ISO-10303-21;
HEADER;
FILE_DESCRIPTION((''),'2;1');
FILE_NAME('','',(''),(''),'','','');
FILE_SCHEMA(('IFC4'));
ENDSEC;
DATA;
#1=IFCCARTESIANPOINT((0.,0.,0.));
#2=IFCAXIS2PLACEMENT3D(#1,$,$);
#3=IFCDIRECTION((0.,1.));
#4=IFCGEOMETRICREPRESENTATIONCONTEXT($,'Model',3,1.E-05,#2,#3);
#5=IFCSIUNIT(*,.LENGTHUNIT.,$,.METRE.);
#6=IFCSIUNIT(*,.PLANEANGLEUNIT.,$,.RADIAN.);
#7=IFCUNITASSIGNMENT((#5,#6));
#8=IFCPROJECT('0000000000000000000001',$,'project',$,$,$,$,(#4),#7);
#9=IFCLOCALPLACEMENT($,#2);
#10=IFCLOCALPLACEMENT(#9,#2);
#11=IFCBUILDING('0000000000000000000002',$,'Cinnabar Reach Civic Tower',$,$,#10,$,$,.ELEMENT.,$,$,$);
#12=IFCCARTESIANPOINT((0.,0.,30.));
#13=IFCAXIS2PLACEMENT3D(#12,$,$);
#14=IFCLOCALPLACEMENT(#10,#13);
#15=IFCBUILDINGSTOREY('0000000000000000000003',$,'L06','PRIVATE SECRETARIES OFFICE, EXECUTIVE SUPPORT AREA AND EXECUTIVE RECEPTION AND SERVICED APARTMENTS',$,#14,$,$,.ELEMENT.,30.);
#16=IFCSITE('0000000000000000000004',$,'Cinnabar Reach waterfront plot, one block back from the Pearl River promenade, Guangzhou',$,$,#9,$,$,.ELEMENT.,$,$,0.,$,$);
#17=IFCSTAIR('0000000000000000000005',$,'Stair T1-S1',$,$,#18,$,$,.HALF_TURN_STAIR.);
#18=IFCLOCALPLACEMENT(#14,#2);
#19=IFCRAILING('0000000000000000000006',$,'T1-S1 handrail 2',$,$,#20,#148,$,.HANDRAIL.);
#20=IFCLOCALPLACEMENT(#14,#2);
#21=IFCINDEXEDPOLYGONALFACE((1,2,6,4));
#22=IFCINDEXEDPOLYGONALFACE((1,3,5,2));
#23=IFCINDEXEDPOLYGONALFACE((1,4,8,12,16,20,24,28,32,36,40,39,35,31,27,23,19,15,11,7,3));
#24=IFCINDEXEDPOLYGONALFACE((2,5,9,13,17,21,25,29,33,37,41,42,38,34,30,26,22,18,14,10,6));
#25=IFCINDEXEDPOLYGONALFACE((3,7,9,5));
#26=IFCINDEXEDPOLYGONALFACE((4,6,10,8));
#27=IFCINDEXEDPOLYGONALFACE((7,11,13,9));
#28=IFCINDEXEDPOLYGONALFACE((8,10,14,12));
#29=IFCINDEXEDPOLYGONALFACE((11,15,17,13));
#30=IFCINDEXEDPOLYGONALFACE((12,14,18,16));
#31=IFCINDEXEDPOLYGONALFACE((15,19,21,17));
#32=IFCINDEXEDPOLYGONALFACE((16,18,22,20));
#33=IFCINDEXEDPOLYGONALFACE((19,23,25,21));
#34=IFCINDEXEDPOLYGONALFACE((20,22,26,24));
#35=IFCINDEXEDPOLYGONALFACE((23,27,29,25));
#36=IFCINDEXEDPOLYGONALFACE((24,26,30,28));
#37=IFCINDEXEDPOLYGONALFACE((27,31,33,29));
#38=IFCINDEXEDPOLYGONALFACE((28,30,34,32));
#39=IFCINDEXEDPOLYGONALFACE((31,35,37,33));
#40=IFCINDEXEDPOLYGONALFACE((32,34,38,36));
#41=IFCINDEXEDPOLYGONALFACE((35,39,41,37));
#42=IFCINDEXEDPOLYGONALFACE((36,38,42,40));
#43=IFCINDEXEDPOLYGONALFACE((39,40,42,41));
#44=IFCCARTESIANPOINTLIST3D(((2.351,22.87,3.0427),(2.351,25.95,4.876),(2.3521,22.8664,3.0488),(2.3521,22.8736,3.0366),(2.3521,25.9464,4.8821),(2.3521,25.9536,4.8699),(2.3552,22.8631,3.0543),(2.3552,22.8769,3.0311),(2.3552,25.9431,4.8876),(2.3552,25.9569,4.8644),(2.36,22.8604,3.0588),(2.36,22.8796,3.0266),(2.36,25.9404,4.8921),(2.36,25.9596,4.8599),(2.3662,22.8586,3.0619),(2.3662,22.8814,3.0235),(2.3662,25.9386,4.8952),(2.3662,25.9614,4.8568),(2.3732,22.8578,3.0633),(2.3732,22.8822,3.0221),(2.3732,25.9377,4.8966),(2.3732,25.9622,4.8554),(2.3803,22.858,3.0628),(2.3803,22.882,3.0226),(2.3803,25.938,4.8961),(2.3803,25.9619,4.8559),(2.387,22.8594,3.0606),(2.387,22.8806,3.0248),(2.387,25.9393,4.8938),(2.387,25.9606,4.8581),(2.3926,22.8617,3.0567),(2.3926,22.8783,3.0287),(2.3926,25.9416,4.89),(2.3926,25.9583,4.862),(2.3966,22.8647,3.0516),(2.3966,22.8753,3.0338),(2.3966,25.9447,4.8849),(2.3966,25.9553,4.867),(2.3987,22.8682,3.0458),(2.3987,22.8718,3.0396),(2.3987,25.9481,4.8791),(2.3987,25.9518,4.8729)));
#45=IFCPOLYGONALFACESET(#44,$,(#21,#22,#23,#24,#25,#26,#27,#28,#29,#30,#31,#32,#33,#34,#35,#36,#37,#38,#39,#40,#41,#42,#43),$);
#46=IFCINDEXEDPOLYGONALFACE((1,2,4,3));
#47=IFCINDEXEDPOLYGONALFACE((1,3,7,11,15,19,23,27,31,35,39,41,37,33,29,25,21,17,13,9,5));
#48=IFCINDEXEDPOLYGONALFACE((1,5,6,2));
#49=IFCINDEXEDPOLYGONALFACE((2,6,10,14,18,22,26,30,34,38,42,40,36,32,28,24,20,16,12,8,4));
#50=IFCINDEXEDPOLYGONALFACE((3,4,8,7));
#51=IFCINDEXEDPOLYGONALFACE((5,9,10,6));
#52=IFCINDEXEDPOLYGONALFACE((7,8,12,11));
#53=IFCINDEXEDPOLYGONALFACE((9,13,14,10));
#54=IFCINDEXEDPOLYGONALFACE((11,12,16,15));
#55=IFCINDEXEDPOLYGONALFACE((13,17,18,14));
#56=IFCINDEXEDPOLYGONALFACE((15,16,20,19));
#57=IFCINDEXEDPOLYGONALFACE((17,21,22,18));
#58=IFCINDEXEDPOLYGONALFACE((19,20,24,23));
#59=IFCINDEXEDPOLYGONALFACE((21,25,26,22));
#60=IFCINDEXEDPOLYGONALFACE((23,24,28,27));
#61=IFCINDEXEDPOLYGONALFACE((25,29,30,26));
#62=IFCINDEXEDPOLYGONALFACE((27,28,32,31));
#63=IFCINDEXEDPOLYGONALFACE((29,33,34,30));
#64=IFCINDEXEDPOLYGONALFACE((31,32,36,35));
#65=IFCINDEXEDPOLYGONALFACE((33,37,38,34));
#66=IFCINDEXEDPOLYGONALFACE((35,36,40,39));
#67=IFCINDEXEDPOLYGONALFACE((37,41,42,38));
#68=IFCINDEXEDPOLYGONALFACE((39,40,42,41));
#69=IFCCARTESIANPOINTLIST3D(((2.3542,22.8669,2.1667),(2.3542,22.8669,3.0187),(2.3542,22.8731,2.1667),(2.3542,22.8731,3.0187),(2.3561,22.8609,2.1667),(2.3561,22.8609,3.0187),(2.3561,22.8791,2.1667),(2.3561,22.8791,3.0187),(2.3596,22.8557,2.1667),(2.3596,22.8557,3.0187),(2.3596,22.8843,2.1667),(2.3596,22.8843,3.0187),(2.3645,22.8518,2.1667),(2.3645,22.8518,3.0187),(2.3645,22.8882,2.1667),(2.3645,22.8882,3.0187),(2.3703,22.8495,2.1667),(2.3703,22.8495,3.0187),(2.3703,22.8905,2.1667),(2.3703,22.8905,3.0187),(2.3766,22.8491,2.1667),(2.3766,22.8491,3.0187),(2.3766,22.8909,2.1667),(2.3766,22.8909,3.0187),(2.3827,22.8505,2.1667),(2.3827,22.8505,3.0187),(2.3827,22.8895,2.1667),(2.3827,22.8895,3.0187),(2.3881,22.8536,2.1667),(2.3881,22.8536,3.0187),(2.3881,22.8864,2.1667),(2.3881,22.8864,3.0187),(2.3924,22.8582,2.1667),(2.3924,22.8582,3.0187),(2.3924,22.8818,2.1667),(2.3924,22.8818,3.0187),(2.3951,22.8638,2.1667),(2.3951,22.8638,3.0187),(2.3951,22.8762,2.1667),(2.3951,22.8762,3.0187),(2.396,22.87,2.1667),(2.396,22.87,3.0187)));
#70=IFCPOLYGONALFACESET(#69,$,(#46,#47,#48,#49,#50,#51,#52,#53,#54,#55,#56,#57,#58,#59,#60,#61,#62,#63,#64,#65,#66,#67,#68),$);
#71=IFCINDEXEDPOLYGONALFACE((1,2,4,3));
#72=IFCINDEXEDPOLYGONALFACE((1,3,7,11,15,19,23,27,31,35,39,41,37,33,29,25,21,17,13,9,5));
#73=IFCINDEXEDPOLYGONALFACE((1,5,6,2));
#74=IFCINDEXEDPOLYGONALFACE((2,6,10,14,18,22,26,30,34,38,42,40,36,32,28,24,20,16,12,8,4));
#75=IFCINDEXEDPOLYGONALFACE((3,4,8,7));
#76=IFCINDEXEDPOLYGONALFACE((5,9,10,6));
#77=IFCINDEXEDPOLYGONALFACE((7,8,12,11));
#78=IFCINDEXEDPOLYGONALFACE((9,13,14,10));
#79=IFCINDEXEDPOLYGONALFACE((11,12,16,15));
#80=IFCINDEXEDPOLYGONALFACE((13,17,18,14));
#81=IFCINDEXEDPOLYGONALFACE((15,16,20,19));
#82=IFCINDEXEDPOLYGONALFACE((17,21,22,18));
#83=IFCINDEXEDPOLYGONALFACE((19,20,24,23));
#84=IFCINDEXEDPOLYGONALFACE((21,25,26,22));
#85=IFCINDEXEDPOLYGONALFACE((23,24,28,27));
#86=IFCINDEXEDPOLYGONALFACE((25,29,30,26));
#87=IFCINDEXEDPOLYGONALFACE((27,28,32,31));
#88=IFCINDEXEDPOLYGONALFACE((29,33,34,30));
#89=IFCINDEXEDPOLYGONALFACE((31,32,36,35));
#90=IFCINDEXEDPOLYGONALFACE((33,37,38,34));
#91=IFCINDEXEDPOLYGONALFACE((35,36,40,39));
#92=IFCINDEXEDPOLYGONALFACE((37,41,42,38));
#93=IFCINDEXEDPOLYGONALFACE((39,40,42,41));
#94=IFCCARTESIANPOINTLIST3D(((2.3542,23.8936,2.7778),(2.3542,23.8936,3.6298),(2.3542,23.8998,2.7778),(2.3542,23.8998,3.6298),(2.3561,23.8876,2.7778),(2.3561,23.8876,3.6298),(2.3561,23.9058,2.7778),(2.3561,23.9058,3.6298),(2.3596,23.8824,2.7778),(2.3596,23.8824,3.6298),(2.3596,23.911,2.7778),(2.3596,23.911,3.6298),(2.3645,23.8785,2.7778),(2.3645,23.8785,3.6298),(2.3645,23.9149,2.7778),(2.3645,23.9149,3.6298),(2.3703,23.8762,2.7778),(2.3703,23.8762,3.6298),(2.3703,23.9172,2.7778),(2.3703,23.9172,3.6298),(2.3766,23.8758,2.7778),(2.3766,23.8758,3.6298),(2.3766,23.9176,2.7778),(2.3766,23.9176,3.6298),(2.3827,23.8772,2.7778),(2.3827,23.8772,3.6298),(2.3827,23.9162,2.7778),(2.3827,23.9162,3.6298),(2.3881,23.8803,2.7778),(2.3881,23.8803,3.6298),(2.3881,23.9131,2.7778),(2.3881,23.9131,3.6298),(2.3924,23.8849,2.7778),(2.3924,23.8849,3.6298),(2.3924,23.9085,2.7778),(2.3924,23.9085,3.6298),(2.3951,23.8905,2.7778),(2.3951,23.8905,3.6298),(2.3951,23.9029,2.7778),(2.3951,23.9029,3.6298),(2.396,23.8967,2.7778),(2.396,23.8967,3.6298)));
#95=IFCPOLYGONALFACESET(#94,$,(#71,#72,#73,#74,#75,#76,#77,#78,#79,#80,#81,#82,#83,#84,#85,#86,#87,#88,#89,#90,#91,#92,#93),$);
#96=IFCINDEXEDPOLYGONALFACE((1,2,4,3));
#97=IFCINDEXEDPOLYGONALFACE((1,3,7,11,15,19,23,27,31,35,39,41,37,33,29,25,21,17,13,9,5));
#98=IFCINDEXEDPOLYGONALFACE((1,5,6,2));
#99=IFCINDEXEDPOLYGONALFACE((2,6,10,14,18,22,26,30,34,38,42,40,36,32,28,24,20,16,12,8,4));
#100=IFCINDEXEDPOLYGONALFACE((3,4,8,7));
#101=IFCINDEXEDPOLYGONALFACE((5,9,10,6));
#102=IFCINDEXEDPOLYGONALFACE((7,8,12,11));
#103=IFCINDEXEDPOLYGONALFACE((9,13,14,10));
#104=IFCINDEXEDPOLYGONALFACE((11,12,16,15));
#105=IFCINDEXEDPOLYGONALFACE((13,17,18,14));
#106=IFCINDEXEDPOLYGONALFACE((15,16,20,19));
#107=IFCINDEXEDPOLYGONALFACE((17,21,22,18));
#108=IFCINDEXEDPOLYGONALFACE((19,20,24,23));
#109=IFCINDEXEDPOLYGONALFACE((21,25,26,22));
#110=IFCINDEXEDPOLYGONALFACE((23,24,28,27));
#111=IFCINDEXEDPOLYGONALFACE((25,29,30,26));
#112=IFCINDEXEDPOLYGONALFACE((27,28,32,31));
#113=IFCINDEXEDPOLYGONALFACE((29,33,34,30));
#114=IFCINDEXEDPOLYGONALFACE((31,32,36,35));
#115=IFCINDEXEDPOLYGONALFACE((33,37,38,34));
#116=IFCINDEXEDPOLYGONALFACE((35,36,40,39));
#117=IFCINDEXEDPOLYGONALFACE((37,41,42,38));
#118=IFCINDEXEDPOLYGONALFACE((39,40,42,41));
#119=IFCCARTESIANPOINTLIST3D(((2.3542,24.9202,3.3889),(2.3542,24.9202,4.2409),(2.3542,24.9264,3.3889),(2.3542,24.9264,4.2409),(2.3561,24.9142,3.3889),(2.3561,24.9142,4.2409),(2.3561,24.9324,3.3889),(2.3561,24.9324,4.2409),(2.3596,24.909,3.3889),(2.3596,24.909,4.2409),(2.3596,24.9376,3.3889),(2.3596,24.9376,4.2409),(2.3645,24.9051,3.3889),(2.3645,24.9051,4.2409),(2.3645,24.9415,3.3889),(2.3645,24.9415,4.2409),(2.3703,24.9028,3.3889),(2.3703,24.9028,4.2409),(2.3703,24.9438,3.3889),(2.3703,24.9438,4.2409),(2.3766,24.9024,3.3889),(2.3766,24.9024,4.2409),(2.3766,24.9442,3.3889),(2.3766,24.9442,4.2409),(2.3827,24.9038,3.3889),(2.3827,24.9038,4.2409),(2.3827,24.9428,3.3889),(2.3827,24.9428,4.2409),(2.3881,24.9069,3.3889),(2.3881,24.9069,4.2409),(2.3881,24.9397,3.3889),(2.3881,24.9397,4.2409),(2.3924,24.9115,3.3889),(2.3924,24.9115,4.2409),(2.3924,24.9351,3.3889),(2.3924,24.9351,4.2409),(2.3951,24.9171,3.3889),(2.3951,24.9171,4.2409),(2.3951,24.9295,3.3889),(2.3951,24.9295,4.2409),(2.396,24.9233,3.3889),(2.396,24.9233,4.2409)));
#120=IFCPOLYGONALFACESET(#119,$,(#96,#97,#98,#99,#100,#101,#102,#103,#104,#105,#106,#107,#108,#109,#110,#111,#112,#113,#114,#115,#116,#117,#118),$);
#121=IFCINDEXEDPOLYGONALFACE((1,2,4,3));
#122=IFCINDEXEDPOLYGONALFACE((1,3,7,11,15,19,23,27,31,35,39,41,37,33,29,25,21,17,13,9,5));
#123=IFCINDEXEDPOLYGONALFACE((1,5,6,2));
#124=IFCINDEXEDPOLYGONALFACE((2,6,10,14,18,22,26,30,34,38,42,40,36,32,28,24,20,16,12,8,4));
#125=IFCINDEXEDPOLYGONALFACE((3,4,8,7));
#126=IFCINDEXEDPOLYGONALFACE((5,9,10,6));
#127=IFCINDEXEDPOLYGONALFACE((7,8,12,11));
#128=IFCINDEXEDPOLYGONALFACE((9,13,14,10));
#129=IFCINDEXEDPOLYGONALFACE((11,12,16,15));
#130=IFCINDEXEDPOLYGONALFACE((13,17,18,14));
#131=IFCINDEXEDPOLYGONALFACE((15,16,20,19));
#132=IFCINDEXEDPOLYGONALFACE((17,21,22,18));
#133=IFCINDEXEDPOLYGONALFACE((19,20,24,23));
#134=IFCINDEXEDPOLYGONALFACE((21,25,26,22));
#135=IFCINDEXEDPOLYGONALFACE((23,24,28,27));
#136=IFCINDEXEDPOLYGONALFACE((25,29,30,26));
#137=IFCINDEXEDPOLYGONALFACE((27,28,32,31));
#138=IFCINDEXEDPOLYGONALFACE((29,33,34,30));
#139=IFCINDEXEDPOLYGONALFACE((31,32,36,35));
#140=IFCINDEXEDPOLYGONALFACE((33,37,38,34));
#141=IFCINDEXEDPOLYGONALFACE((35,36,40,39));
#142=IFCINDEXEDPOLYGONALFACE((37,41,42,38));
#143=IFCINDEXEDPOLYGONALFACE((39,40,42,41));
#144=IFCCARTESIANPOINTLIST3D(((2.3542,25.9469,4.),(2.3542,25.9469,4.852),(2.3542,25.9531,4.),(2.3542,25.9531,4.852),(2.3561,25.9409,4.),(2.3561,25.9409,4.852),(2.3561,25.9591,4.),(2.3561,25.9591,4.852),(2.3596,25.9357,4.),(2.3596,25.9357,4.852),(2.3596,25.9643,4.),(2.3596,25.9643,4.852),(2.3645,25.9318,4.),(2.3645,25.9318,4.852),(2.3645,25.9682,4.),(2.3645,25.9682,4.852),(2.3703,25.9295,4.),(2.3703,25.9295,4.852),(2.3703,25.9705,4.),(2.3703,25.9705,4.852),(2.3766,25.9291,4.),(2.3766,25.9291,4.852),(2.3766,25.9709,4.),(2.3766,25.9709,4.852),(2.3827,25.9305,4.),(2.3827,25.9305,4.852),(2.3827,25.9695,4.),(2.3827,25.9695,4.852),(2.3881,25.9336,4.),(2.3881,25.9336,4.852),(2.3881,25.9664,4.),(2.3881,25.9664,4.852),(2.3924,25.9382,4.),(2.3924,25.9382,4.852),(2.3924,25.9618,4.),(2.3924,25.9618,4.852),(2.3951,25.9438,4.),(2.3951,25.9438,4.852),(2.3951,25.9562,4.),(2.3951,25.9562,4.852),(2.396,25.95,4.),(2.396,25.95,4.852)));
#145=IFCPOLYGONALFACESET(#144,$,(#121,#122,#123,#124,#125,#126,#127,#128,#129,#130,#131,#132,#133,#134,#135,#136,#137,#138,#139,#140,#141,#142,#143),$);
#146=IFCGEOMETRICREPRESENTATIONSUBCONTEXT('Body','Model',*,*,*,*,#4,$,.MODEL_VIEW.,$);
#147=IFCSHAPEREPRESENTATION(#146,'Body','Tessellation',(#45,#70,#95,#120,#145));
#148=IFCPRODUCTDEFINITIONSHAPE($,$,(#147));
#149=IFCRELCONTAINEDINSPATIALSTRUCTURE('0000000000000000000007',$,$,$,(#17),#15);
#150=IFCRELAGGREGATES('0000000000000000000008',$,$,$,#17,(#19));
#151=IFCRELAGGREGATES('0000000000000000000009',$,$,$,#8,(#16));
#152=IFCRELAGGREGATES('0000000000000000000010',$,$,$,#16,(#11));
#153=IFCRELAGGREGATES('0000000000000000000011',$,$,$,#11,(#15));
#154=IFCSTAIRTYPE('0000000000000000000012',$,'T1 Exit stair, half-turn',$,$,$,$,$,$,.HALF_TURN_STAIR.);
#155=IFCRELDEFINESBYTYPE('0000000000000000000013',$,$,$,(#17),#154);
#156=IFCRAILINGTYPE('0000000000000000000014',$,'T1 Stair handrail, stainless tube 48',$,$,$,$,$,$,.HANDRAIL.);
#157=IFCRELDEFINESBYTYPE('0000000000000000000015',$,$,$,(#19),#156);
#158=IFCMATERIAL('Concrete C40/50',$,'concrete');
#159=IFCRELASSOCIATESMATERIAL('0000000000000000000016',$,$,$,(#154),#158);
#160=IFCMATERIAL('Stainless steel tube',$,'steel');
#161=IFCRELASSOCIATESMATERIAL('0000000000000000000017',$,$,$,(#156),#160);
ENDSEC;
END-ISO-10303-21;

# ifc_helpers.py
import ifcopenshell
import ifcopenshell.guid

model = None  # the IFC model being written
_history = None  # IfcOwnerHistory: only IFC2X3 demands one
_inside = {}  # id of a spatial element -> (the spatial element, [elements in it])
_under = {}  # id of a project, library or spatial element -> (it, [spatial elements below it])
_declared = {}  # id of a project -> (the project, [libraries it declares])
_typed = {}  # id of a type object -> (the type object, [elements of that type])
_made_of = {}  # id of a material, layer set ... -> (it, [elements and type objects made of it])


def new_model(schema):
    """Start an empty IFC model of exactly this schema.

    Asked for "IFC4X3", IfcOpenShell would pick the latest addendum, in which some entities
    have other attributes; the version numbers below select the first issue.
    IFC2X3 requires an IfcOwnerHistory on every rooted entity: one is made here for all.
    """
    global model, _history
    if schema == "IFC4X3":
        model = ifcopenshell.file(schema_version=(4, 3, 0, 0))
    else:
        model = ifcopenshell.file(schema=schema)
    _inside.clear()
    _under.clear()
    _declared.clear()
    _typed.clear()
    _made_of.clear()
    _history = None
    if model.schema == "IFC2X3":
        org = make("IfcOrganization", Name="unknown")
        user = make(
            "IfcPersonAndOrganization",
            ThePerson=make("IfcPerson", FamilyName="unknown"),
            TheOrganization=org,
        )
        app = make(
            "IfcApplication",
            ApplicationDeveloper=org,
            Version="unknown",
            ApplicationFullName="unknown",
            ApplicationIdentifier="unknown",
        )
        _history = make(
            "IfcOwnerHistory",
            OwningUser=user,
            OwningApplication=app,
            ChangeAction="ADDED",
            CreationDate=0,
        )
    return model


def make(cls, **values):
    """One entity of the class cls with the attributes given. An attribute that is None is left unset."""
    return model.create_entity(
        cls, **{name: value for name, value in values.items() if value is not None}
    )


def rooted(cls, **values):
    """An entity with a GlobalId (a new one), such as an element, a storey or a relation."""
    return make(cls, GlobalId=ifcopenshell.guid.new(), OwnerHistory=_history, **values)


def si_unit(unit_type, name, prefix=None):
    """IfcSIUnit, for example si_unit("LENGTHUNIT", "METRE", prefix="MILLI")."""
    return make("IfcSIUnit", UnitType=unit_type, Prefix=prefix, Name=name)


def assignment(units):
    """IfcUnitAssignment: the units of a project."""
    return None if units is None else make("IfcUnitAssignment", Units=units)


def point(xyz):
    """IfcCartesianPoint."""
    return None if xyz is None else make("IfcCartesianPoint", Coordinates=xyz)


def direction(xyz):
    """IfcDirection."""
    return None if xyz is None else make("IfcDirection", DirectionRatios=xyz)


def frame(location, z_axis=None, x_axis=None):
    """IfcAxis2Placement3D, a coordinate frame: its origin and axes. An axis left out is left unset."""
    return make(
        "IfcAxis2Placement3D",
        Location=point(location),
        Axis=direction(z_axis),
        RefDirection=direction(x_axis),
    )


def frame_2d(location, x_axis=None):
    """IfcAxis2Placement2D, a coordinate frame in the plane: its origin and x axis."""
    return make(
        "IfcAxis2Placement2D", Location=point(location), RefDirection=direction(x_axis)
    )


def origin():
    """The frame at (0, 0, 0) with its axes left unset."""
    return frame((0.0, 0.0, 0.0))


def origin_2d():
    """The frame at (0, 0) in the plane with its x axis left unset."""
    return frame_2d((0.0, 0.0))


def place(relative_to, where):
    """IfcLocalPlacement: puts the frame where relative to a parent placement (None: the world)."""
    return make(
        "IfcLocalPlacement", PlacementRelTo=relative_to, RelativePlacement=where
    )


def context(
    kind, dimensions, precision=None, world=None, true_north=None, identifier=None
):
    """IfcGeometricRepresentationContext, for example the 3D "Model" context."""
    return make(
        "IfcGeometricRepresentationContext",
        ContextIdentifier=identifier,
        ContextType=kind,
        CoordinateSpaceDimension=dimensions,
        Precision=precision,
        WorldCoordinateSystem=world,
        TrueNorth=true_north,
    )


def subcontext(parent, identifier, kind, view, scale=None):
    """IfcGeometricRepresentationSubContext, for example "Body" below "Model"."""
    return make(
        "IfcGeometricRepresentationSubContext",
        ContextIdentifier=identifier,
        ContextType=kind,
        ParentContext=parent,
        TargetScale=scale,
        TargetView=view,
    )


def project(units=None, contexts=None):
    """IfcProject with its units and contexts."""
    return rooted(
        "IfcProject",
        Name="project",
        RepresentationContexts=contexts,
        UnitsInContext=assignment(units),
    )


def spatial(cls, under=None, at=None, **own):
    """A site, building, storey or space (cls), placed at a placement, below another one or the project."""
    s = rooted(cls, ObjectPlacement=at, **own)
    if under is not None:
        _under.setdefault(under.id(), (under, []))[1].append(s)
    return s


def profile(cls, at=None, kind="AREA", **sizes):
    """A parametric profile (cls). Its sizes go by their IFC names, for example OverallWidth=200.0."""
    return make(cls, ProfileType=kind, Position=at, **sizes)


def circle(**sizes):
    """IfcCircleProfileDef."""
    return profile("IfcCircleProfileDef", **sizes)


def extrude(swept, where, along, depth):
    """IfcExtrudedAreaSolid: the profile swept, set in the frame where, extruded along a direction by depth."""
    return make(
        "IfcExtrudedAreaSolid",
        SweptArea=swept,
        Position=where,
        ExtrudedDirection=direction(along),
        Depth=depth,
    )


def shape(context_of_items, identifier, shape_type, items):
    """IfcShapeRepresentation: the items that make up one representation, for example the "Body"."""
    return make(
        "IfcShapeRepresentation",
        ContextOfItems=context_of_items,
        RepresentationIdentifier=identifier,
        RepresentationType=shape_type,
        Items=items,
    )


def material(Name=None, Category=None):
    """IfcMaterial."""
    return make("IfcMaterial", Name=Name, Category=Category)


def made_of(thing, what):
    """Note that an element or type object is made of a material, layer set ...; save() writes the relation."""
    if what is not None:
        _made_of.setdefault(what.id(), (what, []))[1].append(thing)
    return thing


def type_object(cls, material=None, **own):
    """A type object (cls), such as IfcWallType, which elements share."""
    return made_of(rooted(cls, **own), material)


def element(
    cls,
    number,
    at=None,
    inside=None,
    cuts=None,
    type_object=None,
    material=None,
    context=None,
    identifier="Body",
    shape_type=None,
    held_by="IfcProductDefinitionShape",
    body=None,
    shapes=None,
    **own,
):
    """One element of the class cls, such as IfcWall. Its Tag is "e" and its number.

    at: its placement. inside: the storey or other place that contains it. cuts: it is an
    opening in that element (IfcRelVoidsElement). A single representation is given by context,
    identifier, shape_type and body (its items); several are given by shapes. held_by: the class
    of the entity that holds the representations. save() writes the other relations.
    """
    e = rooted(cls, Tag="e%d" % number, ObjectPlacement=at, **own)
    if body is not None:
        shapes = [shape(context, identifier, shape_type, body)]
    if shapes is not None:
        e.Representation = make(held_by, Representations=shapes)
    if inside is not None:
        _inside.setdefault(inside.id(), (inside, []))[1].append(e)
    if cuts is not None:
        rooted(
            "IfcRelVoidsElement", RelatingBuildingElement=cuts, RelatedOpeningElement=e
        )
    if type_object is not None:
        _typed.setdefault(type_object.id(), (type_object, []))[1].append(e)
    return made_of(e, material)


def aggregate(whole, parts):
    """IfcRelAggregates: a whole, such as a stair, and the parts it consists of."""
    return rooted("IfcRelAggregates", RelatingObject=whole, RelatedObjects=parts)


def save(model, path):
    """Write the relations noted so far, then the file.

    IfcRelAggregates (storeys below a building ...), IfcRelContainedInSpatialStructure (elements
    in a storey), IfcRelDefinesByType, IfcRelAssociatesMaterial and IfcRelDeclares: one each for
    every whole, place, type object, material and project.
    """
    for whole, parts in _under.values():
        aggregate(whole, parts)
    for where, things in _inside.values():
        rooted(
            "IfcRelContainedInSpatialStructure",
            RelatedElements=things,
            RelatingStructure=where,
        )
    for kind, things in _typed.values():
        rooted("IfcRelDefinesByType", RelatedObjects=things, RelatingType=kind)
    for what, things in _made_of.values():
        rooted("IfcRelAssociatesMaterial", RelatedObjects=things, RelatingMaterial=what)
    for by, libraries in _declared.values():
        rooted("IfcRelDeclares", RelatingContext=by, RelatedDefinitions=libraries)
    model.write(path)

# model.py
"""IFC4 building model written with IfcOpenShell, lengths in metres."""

from ifc_helpers import new_model, si_unit, direction, frame, origin, origin_2d, place, context, subcontext, project, spatial, circle, extrude, material, type_object, element, aggregate, save


model = new_model("IFC4")

# Units and contexts
model_context = context("Model", 3, precision=1e-05, world=origin(), true_north=direction((0.0, 1.0)))
body_context = subcontext(model_context, "Body", "Model", "MODEL_VIEW")
ifc_project = project(units=[si_unit("LENGTHUNIT", "METRE"), si_unit("PLANEANGLEUNIT", "RADIAN")], contexts=[model_context])

# Site, building, storey
site_placement = place(None, origin())
site = spatial("IfcSite", under=ifc_project, at=site_placement, Name="Cinnabar Reach waterfront plot, one block back from the Pearl River promenade, Guangzhou", CompositionType="ELEMENT", RefElevation=0.0)
building_placement = place(site_placement, origin())
building = spatial("IfcBuilding", under=site, at=building_placement, Name="Cinnabar Reach Civic Tower", CompositionType="ELEMENT")
storey_placement = place(building_placement, frame((0.0, 0.0, 30.0)))
storey = spatial("IfcBuildingStorey", under=building, at=storey_placement, Name="L06", Description="PRIVATE SECRETARIES OFFICE, EXECUTIVE SUPPORT AREA AND EXECUTIVE RECEPTION AND SERVICED APARTMENTS", CompositionType="ELEMENT", Elevation=30.0)

# Shared definitions
ifc_material_1 = material(Name="Concrete C40/50", Category="concrete")

# Stair, railing
stair_type = type_object("IfcStairType", Name="T1 Exit stair, half-turn", PredefinedType="HALF_TURN_STAIR", material=ifc_material_1)
stair_placement = place(storey_placement, origin())
stair = element("IfcStair", 1, at=stair_placement, inside=storey, type_object=stair_type, Name="Stair T1-S1", PredefinedType="HALF_TURN_STAIR")
ifc_material_2 = material(Name="Stainless steel tube", Category="steel")
railing_type = type_object("IfcRailingType", Name="T1 Stair handrail, stainless tube 48", PredefinedType="HANDRAIL", material=ifc_material_2)
railing_1_placement = place(storey_placement, frame((2.375, 22.87, 2.1667)))
railing_1 = element("IfcRailing", 2, at=railing_1_placement, type_object=railing_type, Name="T1-S1 handrail 2", PredefinedType="HANDRAIL", context=body_context, shape_type="SweptSolid", body=[
    extrude(circle(Radius=0.024, at=origin_2d()), frame((0.0, 0.0, 0.876), z_axis=(0.0, 0.859297, 0.511477), x_axis=(-1.0, 0.0, 0.0)), (0.0, 0.0, 1.0), 3.5843),
    extrude(circle(Radius=0.021, at=origin_2d()), origin(), (0.0, 0.0, 1.0), 0.852),
    extrude(circle(Radius=0.021, at=origin_2d()), frame((0.0, 1.0267, 0.6111)), (0.0, 0.0, 1.0), 0.852),
    extrude(circle(Radius=0.021, at=origin_2d()), frame((0.0, 2.0533, 1.2222)), (0.0, 0.0, 1.0), 0.852),
    extrude(circle(Radius=0.021, at=origin_2d()), frame((0.0, 3.08, 1.8333)), (0.0, 0.0, 1.0), 0.852),
])
aggregate(stair, [railing_1])

save(model, "model.ifc")
